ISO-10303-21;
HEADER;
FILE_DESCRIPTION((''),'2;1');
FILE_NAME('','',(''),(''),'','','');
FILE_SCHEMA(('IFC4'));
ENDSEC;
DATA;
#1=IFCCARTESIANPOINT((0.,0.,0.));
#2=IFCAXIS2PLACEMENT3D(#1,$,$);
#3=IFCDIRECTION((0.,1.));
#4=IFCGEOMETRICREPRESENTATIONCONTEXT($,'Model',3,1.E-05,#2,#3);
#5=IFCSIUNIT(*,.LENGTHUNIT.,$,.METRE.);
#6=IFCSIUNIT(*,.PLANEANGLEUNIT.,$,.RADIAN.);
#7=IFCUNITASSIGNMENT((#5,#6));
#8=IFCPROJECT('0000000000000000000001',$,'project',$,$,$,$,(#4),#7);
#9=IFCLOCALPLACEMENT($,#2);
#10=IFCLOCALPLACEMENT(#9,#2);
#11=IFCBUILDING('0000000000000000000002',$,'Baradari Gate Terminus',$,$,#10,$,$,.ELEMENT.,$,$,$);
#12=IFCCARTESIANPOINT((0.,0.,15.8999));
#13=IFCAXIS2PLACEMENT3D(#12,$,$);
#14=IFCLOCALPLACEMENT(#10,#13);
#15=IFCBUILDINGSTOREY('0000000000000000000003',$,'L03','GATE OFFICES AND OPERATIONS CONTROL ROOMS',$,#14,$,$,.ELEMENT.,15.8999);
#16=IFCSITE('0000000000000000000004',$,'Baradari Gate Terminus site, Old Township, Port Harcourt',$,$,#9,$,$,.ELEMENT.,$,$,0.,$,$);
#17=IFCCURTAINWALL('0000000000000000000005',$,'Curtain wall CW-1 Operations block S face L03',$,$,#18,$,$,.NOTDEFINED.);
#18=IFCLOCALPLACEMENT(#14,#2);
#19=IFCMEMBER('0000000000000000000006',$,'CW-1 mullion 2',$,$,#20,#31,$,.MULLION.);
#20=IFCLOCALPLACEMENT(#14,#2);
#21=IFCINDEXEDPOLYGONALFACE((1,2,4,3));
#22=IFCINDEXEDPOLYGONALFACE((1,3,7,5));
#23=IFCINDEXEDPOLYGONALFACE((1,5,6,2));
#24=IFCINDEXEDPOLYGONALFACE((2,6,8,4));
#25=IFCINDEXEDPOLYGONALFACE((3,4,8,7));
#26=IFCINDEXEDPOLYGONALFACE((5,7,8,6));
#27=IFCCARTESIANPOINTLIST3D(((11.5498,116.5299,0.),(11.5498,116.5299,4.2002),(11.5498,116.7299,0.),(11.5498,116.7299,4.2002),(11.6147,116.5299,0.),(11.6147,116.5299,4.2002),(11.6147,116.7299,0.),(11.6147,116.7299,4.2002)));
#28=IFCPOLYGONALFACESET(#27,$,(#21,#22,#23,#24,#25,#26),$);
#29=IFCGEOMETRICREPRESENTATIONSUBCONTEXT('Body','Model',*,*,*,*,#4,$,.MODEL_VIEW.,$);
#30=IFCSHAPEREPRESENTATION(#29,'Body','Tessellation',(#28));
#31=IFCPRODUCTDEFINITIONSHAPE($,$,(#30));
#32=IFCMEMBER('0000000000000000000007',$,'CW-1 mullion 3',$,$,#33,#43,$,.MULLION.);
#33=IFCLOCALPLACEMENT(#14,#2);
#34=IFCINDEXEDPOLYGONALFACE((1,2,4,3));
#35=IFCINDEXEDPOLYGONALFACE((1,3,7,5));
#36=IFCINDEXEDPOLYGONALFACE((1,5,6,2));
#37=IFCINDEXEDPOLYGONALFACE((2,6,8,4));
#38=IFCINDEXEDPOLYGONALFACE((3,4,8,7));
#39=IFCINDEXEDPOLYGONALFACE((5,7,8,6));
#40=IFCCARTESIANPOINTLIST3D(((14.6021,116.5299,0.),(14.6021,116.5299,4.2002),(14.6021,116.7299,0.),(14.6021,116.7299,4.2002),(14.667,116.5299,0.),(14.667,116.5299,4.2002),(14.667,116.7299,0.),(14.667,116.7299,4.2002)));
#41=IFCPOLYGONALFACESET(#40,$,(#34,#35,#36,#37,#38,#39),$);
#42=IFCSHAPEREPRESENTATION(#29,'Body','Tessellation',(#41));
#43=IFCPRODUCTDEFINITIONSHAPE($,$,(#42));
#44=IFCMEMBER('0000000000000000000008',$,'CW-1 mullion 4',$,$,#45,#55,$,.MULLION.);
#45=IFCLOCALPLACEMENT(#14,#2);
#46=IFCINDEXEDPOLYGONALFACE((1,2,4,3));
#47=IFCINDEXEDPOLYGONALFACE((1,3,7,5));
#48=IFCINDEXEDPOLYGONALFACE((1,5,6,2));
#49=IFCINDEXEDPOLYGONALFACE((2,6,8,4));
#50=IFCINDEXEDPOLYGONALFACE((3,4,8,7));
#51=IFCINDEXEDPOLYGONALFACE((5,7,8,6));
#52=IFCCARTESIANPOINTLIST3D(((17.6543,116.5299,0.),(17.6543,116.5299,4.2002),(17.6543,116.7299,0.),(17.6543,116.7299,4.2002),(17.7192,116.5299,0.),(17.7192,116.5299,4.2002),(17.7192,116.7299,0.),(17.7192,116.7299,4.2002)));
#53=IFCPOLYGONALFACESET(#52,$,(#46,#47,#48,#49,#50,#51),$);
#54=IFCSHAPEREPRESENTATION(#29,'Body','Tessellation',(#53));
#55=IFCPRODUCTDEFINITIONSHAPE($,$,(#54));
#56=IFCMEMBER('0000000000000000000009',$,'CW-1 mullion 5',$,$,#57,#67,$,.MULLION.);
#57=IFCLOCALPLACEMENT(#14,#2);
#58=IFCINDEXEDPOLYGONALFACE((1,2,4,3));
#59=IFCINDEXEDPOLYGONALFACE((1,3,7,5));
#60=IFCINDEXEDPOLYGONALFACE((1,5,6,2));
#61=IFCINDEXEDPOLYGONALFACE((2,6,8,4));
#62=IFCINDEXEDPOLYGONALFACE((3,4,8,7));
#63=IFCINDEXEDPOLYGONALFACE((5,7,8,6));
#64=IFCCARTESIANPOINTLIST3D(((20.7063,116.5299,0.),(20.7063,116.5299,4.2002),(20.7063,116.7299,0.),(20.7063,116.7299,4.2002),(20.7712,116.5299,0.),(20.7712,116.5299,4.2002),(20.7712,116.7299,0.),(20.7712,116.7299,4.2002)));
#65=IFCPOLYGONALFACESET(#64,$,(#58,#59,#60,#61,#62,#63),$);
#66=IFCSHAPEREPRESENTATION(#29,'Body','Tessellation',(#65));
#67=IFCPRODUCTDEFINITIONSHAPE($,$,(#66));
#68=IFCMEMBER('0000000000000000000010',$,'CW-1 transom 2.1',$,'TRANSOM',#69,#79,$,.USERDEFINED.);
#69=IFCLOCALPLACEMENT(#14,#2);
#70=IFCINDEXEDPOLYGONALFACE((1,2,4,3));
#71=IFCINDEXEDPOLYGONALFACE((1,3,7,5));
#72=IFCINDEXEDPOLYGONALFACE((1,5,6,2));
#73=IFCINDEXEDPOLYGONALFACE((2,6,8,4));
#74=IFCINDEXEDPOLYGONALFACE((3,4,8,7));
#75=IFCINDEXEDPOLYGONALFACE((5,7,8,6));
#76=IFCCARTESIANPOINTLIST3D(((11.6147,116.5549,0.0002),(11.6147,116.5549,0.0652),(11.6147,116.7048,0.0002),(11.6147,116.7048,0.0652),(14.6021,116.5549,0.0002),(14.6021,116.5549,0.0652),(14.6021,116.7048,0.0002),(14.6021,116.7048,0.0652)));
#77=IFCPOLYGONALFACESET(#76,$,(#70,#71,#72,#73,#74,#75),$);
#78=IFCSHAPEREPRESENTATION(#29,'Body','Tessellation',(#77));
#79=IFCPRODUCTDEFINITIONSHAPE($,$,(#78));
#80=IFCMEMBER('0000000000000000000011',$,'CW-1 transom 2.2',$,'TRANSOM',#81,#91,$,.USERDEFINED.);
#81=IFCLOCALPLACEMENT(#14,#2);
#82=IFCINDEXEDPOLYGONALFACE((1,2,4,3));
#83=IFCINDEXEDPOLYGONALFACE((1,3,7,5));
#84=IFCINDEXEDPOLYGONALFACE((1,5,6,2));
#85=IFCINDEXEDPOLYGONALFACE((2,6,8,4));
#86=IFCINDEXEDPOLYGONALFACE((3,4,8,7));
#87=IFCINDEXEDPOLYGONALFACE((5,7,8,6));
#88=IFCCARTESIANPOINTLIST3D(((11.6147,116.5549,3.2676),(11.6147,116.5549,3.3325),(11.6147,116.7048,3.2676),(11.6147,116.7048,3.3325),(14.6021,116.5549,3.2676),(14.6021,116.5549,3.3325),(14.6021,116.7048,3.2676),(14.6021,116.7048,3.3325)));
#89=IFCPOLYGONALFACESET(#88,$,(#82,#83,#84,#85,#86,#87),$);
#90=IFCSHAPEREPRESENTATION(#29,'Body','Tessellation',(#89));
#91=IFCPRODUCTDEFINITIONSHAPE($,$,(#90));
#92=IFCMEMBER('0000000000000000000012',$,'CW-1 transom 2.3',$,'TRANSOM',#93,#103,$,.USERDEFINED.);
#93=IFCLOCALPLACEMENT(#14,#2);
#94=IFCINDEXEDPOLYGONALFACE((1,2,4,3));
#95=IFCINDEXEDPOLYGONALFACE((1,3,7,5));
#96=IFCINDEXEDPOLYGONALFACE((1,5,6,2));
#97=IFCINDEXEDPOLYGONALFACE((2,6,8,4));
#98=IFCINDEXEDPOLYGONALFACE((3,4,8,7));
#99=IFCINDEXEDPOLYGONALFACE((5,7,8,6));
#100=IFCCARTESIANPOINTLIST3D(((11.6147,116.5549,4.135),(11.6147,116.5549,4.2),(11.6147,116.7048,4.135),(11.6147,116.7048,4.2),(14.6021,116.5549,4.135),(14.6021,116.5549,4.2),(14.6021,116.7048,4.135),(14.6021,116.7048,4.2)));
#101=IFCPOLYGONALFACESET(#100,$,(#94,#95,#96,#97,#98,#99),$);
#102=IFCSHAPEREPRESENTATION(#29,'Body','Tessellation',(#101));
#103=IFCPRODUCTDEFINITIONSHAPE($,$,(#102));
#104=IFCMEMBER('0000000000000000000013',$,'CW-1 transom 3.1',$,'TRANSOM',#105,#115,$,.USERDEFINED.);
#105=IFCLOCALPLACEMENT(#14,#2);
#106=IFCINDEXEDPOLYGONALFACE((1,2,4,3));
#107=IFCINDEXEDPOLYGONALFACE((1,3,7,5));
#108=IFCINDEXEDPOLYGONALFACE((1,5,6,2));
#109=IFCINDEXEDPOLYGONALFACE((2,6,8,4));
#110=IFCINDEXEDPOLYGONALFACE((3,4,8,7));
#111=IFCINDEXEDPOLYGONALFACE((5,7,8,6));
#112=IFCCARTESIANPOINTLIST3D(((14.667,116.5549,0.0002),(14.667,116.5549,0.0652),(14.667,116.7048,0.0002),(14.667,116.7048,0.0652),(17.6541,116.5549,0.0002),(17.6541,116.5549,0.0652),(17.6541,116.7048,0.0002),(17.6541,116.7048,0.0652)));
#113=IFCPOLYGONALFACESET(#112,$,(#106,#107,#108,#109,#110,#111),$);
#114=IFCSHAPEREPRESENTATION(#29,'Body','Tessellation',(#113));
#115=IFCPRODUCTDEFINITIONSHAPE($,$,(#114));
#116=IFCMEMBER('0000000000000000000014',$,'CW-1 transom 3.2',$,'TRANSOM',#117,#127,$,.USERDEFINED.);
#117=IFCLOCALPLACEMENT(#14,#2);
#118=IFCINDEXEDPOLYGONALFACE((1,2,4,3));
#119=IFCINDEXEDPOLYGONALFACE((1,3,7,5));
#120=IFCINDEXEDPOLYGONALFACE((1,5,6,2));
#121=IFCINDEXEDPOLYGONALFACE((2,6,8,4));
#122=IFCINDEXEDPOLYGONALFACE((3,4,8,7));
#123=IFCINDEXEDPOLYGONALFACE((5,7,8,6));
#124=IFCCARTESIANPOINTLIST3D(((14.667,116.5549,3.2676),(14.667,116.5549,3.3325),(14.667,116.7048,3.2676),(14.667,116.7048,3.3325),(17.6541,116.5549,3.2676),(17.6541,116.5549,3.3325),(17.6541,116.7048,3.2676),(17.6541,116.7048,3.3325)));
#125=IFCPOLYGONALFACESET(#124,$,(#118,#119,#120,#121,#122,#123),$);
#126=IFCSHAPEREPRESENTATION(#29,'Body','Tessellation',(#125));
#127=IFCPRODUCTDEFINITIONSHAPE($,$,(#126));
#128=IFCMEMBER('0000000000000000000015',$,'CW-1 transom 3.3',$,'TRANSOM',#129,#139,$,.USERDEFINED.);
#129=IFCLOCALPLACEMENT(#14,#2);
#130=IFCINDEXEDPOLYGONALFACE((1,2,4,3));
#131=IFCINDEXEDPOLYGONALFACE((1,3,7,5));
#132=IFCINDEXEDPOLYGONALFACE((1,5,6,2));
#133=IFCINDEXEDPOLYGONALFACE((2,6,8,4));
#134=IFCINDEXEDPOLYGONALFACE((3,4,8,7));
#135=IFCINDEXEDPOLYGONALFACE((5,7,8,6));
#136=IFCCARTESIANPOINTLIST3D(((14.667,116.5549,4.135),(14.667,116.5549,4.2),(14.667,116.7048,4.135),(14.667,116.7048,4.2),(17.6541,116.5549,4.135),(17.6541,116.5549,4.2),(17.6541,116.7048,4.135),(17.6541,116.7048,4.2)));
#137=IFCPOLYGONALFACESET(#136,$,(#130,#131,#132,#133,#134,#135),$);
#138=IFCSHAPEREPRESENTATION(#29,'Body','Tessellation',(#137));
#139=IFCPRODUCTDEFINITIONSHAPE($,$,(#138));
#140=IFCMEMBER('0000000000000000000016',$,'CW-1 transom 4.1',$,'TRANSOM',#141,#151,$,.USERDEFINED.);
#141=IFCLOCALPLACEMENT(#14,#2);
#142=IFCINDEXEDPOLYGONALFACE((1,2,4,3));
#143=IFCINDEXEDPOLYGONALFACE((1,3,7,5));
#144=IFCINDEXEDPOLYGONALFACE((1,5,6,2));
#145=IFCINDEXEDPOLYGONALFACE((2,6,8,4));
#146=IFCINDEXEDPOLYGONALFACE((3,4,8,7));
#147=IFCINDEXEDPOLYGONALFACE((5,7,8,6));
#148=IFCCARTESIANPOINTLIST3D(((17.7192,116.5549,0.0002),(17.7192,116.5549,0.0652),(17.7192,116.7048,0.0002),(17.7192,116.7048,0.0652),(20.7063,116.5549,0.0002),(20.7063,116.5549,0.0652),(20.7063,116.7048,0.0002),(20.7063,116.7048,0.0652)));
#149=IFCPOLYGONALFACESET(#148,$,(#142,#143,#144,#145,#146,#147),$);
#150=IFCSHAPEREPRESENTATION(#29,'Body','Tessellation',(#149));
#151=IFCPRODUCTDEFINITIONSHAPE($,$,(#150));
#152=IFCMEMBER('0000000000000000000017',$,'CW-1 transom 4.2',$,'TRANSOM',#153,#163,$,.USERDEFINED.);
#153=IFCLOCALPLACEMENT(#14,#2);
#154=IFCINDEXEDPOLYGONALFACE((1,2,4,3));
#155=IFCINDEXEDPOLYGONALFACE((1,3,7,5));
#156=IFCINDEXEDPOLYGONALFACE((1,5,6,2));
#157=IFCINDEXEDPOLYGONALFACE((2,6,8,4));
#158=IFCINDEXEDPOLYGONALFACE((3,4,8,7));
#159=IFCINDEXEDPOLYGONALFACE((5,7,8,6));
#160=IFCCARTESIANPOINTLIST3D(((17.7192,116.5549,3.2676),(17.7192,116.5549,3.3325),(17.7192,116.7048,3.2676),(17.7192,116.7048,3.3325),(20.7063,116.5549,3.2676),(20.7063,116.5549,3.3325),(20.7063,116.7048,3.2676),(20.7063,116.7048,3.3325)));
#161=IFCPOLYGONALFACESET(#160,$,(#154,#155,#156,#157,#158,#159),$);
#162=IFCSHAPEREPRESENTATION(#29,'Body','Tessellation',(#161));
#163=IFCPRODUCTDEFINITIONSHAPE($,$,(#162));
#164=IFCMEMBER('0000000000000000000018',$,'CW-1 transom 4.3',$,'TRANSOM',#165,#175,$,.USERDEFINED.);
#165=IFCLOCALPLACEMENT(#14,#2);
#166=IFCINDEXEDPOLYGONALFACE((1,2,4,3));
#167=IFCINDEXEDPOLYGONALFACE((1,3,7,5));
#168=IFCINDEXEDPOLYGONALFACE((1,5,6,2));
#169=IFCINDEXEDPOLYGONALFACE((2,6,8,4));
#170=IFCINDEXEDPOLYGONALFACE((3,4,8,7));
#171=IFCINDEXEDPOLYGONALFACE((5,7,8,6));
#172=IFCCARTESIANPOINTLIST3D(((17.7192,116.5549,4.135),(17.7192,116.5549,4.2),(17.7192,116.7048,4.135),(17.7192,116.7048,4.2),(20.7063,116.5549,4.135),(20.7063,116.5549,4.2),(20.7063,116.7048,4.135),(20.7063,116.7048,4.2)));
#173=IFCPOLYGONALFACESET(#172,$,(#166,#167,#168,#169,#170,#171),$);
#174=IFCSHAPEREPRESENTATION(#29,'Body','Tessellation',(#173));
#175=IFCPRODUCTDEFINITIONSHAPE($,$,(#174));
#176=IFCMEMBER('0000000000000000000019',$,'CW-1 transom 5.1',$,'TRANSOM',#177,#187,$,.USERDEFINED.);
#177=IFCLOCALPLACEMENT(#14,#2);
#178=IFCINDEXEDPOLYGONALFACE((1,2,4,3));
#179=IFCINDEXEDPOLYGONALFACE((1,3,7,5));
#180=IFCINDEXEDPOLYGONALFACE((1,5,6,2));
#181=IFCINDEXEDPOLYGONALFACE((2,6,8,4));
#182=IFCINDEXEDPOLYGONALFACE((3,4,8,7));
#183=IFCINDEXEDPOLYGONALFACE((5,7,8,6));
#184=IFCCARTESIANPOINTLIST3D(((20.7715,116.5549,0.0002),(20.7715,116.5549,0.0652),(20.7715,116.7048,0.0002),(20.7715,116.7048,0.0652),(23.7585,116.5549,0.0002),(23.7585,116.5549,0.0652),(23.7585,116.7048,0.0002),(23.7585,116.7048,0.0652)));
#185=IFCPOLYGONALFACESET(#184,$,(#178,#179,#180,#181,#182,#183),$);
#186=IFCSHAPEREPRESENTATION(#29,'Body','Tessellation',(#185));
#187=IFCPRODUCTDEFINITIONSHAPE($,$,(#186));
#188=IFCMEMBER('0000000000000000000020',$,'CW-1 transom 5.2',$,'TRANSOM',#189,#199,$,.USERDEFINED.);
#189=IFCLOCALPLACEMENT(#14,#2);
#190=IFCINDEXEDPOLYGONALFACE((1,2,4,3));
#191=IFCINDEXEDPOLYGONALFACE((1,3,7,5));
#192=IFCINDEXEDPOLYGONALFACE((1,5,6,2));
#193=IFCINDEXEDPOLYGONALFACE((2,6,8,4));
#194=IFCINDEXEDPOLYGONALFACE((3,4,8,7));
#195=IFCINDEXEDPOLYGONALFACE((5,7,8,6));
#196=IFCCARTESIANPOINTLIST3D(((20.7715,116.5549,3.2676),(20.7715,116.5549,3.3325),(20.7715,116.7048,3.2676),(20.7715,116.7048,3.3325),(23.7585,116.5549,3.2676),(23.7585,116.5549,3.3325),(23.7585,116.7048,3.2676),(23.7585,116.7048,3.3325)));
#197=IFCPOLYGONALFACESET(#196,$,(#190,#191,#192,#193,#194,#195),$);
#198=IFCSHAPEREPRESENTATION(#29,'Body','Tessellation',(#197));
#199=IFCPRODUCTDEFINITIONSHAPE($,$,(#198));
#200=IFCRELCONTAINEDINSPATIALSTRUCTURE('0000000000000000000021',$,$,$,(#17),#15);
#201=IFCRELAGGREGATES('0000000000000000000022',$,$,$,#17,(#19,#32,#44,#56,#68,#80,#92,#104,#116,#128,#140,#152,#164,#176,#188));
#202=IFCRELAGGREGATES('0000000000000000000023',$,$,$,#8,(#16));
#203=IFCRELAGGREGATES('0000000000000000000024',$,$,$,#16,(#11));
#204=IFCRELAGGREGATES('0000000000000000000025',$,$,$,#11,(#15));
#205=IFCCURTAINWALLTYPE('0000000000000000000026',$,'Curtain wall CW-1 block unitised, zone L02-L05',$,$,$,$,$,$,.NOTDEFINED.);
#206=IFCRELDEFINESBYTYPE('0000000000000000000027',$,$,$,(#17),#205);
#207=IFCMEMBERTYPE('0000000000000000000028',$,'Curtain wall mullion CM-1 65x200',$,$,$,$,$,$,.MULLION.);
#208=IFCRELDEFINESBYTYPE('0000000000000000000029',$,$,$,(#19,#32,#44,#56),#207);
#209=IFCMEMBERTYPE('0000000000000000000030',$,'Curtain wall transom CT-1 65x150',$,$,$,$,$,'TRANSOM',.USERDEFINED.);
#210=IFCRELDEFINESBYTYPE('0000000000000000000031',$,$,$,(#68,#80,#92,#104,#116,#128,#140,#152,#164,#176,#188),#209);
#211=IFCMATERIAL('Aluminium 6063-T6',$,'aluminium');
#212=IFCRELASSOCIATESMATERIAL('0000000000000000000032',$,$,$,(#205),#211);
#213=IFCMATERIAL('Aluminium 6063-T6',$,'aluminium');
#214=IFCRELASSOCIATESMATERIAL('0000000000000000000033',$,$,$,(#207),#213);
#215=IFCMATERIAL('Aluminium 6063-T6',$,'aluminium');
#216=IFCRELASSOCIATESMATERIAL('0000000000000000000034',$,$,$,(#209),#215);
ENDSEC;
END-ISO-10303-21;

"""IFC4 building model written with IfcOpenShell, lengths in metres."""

from ifc_helpers import new_model, si_unit, direction, frame, origin, origin_2d, place, context, subcontext, project, spatial, rectangle, extrude, material, material_profile, profile_set, type_object, element, aggregate, save


model = new_model("IFC4")

# Units and contexts
model_context = context("Model", 3, precision=1e-05, world=origin(), true_north=direction((0.0, 1.0)))
body_context = subcontext(model_context, "Body", "Model", "MODEL_VIEW")
ifc_project = project(units=[si_unit("LENGTHUNIT", "METRE"), si_unit("PLANEANGLEUNIT", "RADIAN")], contexts=[model_context])

# Site, building, storey
site_placement = place(None, origin())
site = spatial("IfcSite", under=ifc_project, at=site_placement, Name="Baradari Gate Terminus site, Old Township, Port Harcourt", CompositionType="ELEMENT", RefElevation=0.0)
building_placement = place(site_placement, origin())
building = spatial("IfcBuilding", under=site, at=building_placement, Name="Baradari Gate Terminus", CompositionType="ELEMENT")
storey_placement = place(building_placement, frame((0.0, 0.0, 15.8999)))
storey = spatial("IfcBuildingStorey", under=building, at=storey_placement, Name="L03", Description="GATE OFFICES AND OPERATIONS CONTROL ROOMS", CompositionType="ELEMENT", Elevation=15.8999)

# Curtain wall, members
ifc_material_1 = material(Name="Aluminium 6063-T6", Category="aluminium")
curtain_wall_type = type_object("IfcCurtainWallType", Name="Curtain wall CW-1 block unitised, zone L02-L05", PredefinedType="NOTDEFINED", material=ifc_material_1)
curtain_wall_placement = place(storey_placement, origin())
curtain_wall = element("IfcCurtainWall", 1, at=curtain_wall_placement, inside=storey, type_object=curtain_wall_type, Name="Curtain wall CW-1 Operations block S face L03", PredefinedType="NOTDEFINED")
ifc_material_2 = material(Name="Aluminium 6063-T6", Category="aluminium")
ifc_material_profile_1 = material_profile(ifc_material_2, rectangle(XDim=0.2, YDim=0.0649, at=origin_2d()), Name="CM-1 65X200")
ifc_profile_set_1 = profile_set([ifc_material_profile_1], Name="Aluminium 6063-T6")
member_type_1 = type_object("IfcMemberType", Name="Curtain wall mullion CM-1 65x200", PredefinedType="MULLION", material=ifc_profile_set_1)
member_1_placement = place(storey_placement, frame((11.5823, 116.6299, 0.0), z_axis=(0.0, 0.0, 1.0), x_axis=(0.0, 1.0, 0.0)))
member_1 = element("IfcMember", 2, at=member_1_placement, type_object=member_type_1, Name="CW-1 mullion 2", PredefinedType="MULLION", context=body_context, shape_type="SweptSolid", body=[
    extrude(rectangle(XDim=0.2, YDim=0.0649, at=origin_2d()), origin(), (0.0, 0.0, 1.0), 4.2002),
])
member_2_placement = place(storey_placement, frame((14.6345, 116.6299, 0.0), z_axis=(0.0, 0.0, 1.0), x_axis=(0.0, 1.0, 0.0)))
member_2 = element("IfcMember", 3, at=member_2_placement, type_object=member_type_1, Name="CW-1 mullion 3", PredefinedType="MULLION", context=body_context, shape_type="SweptSolid", body=[
    extrude(rectangle(XDim=0.2, YDim=0.0649, at=origin_2d()), origin(), (0.0, 0.0, 1.0), 4.2002),
])
member_3_placement = place(storey_placement, frame((17.6868, 116.6299, 0.0), z_axis=(0.0, 0.0, 1.0), x_axis=(0.0, 1.0, 0.0)))
member_3 = element("IfcMember", 4, at=member_3_placement, type_object=member_type_1, Name="CW-1 mullion 4", PredefinedType="MULLION", context=body_context, shape_type="SweptSolid", body=[
    extrude(rectangle(XDim=0.2, YDim=0.0649, at=origin_2d()), origin(), (0.0, 0.0, 1.0), 4.2002),
])
member_4_placement = place(storey_placement, frame((20.7388, 116.6299, 0.0), z_axis=(0.0, 0.0, 1.0), x_axis=(0.0, 1.0, 0.0)))
member_4 = element("IfcMember", 5, at=member_4_placement, type_object=member_type_1, Name="CW-1 mullion 5", PredefinedType="MULLION", context=body_context, shape_type="SweptSolid", body=[
    extrude(rectangle(XDim=0.2, YDim=0.0649, at=origin_2d()), origin(), (0.0, 0.0, 1.0), 4.2002),
])
ifc_material_3 = material(Name="Aluminium 6063-T6", Category="aluminium")
ifc_material_profile_2 = material_profile(ifc_material_3, rectangle(XDim=0.1499, YDim=0.0649, at=origin_2d()), Name="CT-1 65X150")
ifc_profile_set_2 = profile_set([ifc_material_profile_2], Name="Aluminium 6063-T6")
member_type_2 = type_object("IfcMemberType", Name="Curtain wall transom CT-1 65x150", ElementType="TRANSOM", PredefinedType="USERDEFINED", material=ifc_profile_set_2)
member_5_placement = place(storey_placement, frame((11.6147, 116.6299, 0.0327), z_axis=(1.0, 0.0, 0.0), x_axis=(0.0, 1.0, 0.0)))
member_5 = element("IfcMember", 6, at=member_5_placement, type_object=member_type_2, Name="CW-1 transom 2.1", ObjectType="TRANSOM", PredefinedType="USERDEFINED", context=body_context, shape_type="SweptSolid", body=[
    extrude(rectangle(XDim=0.1499, YDim=0.0649, at=origin_2d()), origin(), (0.0, 0.0, 1.0), 2.9873),
])
member_6_placement = place(storey_placement, frame((11.6147, 116.6299, 3.3), z_axis=(1.0, 0.0, 0.0), x_axis=(0.0, 1.0, 0.0)))
member_6 = element("IfcMember", 7, at=member_6_placement, type_object=member_type_2, Name="CW-1 transom 2.2", ObjectType="TRANSOM", PredefinedType="USERDEFINED", context=body_context, shape_type="SweptSolid", body=[
    extrude(rectangle(XDim=0.1499, YDim=0.0649, at=origin_2d()), origin(), (0.0, 0.0, 1.0), 2.9873),
])
member_7_placement = place(storey_placement, frame((11.6147, 116.6299, 4.1675), z_axis=(1.0, 0.0, 0.0), x_axis=(0.0, 1.0, 0.0)))
member_7 = element("IfcMember", 8, at=member_7_placement, type_object=member_type_2, Name="CW-1 transom 2.3", ObjectType="TRANSOM", PredefinedType="USERDEFINED", context=body_context, shape_type="SweptSolid", body=[
    extrude(rectangle(XDim=0.1499, YDim=0.0649, at=origin_2d()), origin(), (0.0, 0.0, 1.0), 2.9873),
])
member_8_placement = place(storey_placement, frame((14.667, 116.6299, 0.0327), z_axis=(1.0, 0.0, 0.0), x_axis=(0.0, 1.0, 0.0)))
member_8 = element("IfcMember", 9, at=member_8_placement, type_object=member_type_2, Name="CW-1 transom 3.1", ObjectType="TRANSOM", PredefinedType="USERDEFINED", context=body_context, shape_type="SweptSolid", body=[
    extrude(rectangle(XDim=0.1499, YDim=0.0649, at=origin_2d()), origin(), (0.0, 0.0, 1.0), 2.9871),
])
member_9_placement = place(storey_placement, frame((14.667, 116.6299, 3.3), z_axis=(1.0, 0.0, 0.0), x_axis=(0.0, 1.0, 0.0)))
member_9 = element("IfcMember", 10, at=member_9_placement, type_object=member_type_2, Name="CW-1 transom 3.2", ObjectType="TRANSOM", PredefinedType="USERDEFINED", context=body_context, shape_type="SweptSolid", body=[
    extrude(rectangle(XDim=0.1499, YDim=0.0649, at=origin_2d()), origin(), (0.0, 0.0, 1.0), 2.9871),
])
member_10_placement = place(storey_placement, frame((14.667, 116.6299, 4.1675), z_axis=(1.0, 0.0, 0.0), x_axis=(0.0, 1.0, 0.0)))
member_10 = element("IfcMember", 11, at=member_10_placement, type_object=member_type_2, Name="CW-1 transom 3.3", ObjectType="TRANSOM", PredefinedType="USERDEFINED", context=body_context, shape_type="SweptSolid", body=[
    extrude(rectangle(XDim=0.1499, YDim=0.0649, at=origin_2d()), origin(), (0.0, 0.0, 1.0), 2.9871),
])
member_11_placement = place(storey_placement, frame((17.7192, 116.6299, 0.0327), z_axis=(1.0, 0.0, 0.0), x_axis=(0.0, 1.0, 0.0)))
member_11 = element("IfcMember", 12, at=member_11_placement, type_object=member_type_2, Name="CW-1 transom 4.1", ObjectType="TRANSOM", PredefinedType="USERDEFINED", context=body_context, shape_type="SweptSolid", body=[
    extrude(rectangle(XDim=0.1499, YDim=0.0649, at=origin_2d()), origin(), (0.0, 0.0, 1.0), 2.9871),
])
member_12_placement = place(storey_placement, frame((17.7192, 116.6299, 3.3), z_axis=(1.0, 0.0, 0.0), x_axis=(0.0, 1.0, 0.0)))
member_12 = element("IfcMember", 13, at=member_12_placement, type_object=member_type_2, Name="CW-1 transom 4.2", ObjectType="TRANSOM", PredefinedType="USERDEFINED", context=body_context, shape_type="SweptSolid", body=[
    extrude(rectangle(XDim=0.1499, YDim=0.0649, at=origin_2d()), origin(), (0.0, 0.0, 1.0), 2.9871),
])
member_13_placement = place(storey_placement, frame((17.7192, 116.6299, 4.1675), z_axis=(1.0, 0.0, 0.0), x_axis=(0.0, 1.0, 0.0)))
member_13 = element("IfcMember", 14, at=member_13_placement, type_object=member_type_2, Name="CW-1 transom 4.3", ObjectType="TRANSOM", PredefinedType="USERDEFINED", context=body_context, shape_type="SweptSolid", body=[
    extrude(rectangle(XDim=0.1499, YDim=0.0649, at=origin_2d()), origin(), (0.0, 0.0, 1.0), 2.9871),
])
member_14_placement = place(storey_placement, frame((20.7715, 116.6299, 0.0327), z_axis=(1.0, 0.0, 0.0), x_axis=(0.0, 1.0, 0.0)))
member_14 = element("IfcMember", 15, at=member_14_placement, type_object=member_type_2, Name="CW-1 transom 5.1", ObjectType="TRANSOM", PredefinedType="USERDEFINED", context=body_context, shape_type="SweptSolid", body=[
    extrude(rectangle(XDim=0.1499, YDim=0.0649, at=origin_2d()), origin(), (0.0, 0.0, 1.0), 2.9871),
])
member_15_placement = place(storey_placement, frame((20.7715, 116.6299, 3.3), z_axis=(1.0, 0.0, 0.0), x_axis=(0.0, 1.0, 0.0)))
member_15 = element("IfcMember", 16, at=member_15_placement, type_object=member_type_2, Name="CW-1 transom 5.2", ObjectType="TRANSOM", PredefinedType="USERDEFINED", context=body_context, shape_type="SweptSolid", body=[
    extrude(rectangle(XDim=0.1499, YDim=0.0649, at=origin_2d()), origin(), (0.0, 0.0, 1.0), 2.9871),
])
aggregate(curtain_wall, [member_1, member_2, member_3, member_4, member_5, member_6, member_7, member_8, member_9, member_10, member_11, member_12, member_13, member_14, member_15])

save(model, "model.ifc")
